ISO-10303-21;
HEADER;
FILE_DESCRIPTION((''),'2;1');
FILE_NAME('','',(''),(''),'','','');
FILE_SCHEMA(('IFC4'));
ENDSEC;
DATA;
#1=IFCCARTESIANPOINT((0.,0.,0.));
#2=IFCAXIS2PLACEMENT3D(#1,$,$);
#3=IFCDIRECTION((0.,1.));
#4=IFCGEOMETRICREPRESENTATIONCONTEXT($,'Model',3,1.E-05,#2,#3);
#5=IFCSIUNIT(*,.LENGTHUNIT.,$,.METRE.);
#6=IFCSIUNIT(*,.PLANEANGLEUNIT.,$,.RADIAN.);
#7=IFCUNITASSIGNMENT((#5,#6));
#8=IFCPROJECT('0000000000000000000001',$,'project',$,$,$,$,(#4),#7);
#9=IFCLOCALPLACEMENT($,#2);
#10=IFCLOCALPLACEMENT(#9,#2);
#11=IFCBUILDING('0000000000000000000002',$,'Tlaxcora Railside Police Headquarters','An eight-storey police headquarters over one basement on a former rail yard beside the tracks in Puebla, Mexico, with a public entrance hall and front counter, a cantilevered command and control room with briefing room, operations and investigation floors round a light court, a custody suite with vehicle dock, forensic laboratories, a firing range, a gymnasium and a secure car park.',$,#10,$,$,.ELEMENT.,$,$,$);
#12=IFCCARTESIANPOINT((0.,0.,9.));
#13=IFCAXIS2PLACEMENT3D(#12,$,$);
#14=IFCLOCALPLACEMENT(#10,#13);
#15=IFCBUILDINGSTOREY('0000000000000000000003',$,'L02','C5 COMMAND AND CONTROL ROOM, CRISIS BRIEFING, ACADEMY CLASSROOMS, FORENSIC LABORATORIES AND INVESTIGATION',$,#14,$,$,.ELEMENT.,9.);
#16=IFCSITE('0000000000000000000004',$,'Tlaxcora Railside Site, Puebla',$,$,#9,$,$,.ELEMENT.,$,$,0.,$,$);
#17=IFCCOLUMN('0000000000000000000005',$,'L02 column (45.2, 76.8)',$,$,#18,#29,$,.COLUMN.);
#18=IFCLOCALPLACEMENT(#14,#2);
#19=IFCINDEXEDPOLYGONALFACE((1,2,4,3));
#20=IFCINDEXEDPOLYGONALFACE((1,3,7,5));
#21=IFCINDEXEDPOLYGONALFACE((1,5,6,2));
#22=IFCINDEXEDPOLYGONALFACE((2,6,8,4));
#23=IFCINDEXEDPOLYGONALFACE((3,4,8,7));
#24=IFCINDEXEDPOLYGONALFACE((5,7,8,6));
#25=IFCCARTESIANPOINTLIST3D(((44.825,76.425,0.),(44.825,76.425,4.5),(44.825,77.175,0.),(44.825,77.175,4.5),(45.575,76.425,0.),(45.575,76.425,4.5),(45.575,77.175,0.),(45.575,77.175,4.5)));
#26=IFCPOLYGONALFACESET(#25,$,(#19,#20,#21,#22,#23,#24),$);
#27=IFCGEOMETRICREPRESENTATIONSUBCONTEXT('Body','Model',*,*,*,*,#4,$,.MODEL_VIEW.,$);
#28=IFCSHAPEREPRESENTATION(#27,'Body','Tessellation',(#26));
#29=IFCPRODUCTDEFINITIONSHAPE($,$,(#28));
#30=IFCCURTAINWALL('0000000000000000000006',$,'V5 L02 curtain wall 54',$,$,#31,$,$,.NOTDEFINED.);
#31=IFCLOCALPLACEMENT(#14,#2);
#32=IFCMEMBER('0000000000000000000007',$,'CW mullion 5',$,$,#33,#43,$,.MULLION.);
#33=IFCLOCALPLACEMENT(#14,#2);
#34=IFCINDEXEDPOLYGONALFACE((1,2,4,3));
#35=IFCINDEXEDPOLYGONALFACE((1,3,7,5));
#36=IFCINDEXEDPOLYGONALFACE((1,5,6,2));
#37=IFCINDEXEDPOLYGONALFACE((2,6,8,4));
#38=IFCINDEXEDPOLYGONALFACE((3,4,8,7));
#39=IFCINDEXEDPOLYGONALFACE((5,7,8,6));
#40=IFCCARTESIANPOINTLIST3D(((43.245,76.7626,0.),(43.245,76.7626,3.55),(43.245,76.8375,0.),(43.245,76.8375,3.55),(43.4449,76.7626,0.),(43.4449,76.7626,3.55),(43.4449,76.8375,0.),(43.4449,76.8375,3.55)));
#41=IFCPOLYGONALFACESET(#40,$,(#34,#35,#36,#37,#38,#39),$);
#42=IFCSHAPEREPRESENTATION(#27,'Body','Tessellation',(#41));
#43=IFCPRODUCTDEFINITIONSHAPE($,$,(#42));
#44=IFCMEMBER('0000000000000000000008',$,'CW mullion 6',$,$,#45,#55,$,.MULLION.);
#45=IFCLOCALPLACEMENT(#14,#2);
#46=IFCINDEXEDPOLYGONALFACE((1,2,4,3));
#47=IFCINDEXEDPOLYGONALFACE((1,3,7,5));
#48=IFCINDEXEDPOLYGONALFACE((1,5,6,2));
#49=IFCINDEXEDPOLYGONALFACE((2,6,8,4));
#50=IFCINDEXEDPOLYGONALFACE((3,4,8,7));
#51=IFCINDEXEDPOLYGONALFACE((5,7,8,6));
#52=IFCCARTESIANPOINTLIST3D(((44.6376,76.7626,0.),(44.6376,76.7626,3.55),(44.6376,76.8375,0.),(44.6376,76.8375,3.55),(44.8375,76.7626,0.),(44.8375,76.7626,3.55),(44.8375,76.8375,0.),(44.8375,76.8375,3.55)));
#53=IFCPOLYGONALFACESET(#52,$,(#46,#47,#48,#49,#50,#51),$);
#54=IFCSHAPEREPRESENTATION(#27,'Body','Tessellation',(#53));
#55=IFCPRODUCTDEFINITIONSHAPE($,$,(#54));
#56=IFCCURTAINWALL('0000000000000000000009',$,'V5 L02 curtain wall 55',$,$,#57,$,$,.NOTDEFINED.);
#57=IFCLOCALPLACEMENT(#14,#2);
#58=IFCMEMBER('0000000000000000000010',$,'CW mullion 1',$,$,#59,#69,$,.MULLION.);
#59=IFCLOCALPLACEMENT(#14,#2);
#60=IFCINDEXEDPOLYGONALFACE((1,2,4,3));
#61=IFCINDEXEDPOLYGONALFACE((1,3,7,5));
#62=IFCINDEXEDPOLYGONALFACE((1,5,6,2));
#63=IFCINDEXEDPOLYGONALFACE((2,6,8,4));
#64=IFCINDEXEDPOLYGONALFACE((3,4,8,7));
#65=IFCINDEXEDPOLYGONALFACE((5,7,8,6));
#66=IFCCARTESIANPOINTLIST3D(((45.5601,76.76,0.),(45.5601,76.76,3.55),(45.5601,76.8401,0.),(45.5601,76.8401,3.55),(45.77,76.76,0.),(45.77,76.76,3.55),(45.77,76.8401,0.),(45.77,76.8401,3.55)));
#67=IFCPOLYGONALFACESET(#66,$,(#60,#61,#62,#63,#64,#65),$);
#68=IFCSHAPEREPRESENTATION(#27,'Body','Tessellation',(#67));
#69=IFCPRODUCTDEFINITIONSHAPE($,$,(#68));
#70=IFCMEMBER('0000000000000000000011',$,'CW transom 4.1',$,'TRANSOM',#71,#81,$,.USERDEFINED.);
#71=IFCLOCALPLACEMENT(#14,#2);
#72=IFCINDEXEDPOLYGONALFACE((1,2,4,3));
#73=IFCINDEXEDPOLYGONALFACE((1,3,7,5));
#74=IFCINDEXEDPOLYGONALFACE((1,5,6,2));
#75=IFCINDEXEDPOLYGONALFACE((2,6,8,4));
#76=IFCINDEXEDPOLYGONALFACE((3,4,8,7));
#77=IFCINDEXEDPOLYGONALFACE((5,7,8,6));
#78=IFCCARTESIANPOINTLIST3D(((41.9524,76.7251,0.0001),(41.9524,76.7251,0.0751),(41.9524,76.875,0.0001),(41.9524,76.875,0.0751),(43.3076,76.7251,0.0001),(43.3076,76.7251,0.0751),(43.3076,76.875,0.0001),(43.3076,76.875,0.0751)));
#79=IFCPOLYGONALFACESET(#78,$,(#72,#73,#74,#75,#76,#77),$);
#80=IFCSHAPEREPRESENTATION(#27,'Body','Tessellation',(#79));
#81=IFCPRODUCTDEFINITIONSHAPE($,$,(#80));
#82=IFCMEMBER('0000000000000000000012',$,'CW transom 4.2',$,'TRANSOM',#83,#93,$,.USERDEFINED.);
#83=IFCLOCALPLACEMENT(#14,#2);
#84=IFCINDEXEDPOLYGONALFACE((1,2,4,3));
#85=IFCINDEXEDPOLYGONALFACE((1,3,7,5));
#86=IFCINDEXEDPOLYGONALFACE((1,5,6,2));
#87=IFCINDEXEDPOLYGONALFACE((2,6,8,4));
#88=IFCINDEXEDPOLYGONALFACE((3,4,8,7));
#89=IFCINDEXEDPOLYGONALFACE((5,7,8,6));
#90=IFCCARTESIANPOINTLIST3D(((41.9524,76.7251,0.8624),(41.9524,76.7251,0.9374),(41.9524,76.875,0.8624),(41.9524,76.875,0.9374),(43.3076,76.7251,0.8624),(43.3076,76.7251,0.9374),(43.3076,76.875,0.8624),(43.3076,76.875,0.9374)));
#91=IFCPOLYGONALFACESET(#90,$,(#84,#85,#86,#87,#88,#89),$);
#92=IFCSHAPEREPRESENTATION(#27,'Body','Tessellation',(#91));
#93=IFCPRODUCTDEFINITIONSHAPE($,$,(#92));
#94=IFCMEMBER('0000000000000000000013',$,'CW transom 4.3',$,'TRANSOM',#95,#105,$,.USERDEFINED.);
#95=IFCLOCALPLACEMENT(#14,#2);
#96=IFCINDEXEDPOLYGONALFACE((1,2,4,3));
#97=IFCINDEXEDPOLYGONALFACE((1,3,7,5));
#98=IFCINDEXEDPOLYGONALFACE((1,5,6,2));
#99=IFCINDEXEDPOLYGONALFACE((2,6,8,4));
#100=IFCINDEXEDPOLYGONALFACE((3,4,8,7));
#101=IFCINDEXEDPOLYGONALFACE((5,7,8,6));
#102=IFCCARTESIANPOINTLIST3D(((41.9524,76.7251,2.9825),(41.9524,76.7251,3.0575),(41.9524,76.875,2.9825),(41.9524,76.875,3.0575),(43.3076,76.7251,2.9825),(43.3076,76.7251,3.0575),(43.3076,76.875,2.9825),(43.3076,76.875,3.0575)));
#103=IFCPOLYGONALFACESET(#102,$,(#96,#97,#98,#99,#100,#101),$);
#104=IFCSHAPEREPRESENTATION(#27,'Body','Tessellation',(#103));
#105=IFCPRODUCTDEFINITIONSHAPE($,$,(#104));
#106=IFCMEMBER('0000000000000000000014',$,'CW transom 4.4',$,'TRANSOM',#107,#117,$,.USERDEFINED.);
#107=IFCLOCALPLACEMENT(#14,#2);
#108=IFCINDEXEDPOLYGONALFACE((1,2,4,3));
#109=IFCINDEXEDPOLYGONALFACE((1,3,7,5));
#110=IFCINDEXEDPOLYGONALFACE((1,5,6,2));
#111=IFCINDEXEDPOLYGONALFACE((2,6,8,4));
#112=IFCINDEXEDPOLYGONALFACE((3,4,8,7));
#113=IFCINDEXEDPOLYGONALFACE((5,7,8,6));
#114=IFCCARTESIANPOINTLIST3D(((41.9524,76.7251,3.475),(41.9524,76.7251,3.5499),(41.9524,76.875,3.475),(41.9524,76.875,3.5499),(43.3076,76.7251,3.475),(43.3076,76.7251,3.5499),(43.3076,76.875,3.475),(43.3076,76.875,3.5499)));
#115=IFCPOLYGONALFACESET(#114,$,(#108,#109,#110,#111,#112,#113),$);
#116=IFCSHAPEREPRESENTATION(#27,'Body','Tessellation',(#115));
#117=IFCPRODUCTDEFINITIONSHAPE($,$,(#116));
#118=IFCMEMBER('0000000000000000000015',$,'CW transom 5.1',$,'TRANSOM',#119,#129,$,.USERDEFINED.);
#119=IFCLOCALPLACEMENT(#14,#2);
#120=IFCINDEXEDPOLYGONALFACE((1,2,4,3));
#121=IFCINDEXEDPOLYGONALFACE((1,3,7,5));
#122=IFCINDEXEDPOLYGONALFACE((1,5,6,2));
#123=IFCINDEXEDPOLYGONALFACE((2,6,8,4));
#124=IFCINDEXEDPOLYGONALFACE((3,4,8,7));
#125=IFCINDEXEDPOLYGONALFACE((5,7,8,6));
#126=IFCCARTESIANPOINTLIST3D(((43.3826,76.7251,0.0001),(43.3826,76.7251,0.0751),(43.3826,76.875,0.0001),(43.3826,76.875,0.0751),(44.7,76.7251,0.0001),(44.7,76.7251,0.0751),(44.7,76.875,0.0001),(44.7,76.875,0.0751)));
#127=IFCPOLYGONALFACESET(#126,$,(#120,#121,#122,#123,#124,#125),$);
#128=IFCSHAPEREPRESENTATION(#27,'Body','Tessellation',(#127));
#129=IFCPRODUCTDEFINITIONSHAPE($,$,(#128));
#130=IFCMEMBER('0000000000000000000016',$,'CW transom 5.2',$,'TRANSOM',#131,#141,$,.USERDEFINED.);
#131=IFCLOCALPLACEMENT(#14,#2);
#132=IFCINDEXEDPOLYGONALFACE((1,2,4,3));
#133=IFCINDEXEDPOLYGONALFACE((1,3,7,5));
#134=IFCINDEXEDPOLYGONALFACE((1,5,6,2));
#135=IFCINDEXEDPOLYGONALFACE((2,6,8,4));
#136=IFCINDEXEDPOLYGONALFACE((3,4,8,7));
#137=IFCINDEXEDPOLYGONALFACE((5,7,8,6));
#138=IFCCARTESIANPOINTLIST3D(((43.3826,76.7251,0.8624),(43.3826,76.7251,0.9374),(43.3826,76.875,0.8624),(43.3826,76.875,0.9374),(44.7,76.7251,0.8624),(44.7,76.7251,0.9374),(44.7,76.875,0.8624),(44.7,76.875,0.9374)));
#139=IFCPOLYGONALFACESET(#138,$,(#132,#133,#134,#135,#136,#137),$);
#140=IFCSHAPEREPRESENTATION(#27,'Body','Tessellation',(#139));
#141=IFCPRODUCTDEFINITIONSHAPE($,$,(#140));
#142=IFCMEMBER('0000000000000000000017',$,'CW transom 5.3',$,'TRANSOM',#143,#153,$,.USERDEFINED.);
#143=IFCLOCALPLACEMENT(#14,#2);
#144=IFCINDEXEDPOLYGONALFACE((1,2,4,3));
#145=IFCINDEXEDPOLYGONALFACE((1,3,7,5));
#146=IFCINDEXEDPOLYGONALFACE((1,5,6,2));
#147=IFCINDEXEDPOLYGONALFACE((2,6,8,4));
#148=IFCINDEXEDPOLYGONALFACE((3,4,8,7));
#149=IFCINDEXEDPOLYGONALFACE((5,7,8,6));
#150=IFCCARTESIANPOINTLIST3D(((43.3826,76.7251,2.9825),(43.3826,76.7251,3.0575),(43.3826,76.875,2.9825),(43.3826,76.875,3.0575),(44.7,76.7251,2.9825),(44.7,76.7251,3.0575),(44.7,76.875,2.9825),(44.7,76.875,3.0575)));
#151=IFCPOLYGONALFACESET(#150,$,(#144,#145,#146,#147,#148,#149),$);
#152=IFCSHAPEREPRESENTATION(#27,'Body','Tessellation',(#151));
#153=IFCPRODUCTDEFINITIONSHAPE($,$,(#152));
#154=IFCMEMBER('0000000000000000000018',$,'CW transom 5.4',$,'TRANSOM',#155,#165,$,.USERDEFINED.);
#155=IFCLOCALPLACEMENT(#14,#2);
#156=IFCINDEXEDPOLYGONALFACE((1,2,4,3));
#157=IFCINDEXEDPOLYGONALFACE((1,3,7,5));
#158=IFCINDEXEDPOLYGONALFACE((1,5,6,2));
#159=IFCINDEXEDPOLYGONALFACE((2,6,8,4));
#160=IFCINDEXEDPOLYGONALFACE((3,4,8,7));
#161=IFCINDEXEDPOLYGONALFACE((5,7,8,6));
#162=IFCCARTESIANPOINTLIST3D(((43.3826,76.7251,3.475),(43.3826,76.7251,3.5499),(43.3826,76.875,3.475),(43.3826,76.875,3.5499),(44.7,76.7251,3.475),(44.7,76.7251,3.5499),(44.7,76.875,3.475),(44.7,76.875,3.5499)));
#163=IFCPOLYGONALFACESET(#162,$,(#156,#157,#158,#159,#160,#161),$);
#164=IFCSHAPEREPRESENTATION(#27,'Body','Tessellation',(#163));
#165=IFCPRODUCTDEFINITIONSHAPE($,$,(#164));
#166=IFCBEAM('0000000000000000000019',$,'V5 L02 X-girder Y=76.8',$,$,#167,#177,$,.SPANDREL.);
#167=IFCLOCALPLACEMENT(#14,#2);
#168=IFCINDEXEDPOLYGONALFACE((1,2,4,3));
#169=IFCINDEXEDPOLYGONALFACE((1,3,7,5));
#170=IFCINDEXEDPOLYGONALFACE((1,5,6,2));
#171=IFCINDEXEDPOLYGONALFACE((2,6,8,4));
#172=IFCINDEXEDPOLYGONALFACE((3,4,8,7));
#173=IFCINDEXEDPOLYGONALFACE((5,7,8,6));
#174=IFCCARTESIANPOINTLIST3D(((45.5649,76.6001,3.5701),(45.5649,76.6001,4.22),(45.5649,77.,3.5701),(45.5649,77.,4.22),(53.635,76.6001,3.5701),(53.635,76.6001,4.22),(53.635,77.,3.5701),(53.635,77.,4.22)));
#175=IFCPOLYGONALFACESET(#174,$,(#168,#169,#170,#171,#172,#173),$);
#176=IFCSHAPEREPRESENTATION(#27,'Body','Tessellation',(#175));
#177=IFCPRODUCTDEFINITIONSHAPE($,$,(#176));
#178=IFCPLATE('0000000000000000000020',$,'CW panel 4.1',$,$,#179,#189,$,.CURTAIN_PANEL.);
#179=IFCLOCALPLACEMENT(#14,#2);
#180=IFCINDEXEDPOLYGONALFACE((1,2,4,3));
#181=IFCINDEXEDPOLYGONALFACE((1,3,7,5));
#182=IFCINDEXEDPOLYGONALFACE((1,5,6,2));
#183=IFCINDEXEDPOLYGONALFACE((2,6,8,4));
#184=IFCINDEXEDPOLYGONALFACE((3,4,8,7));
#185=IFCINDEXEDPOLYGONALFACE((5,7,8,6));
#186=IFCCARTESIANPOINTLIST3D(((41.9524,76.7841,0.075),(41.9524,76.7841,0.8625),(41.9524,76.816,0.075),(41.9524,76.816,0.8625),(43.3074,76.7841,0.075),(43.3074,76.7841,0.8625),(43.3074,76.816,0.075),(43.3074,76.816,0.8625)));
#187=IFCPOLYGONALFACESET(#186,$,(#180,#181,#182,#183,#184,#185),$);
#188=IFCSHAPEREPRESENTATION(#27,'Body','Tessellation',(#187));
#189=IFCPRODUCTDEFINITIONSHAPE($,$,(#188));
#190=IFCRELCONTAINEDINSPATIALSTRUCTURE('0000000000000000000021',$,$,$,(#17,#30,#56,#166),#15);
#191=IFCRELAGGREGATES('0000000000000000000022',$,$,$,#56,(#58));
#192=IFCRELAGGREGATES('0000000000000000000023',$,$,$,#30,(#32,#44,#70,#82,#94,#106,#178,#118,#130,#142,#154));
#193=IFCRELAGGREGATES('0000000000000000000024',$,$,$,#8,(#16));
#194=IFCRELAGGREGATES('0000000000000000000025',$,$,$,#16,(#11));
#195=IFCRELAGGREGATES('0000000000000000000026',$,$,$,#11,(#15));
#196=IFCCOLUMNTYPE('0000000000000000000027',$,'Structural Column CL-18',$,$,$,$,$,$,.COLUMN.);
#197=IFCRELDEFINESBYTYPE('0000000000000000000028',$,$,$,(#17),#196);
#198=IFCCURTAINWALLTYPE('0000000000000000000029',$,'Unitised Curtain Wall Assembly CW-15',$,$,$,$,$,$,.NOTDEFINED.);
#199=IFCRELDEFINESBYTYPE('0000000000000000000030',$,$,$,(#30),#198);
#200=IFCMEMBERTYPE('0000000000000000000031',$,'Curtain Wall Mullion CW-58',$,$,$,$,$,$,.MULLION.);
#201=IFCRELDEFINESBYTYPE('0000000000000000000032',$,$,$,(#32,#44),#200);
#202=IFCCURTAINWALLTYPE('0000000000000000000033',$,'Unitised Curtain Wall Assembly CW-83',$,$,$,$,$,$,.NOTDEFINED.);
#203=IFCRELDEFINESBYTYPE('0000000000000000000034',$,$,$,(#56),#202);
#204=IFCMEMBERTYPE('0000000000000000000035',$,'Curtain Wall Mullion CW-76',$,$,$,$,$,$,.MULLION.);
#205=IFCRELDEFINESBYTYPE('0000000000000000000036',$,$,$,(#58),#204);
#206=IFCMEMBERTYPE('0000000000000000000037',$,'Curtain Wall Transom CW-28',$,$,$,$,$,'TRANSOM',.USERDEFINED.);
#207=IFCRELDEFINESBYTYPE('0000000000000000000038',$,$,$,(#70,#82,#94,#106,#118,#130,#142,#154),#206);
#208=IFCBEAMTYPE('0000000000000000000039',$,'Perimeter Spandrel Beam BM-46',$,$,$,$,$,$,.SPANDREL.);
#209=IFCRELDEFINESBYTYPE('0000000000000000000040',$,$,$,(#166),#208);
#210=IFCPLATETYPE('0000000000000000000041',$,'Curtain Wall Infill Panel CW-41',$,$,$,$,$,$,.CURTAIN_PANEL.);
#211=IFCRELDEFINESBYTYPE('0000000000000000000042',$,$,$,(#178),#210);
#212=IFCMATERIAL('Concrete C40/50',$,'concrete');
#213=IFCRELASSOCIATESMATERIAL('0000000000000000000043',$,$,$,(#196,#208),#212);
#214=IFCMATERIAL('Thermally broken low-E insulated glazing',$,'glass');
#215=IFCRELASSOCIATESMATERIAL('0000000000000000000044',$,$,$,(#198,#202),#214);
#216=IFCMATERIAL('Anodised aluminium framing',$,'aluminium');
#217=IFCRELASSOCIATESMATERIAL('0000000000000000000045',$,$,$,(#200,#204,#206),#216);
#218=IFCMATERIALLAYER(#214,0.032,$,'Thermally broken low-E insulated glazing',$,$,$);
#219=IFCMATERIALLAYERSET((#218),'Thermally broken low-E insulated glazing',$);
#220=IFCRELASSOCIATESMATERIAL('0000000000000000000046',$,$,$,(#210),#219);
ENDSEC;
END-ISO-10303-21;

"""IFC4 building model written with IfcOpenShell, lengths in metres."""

from ifc_helpers import new_model, si_unit, direction, frame, origin, origin_2d, place, context, subcontext, project, spatial, rectangle, extrude, material, layer, layer_set, material_profile, profile_set, type_object, element, aggregate, save


model = new_model("IFC4")

# Units and contexts
model_context = context("Model", 3, precision=1e-05, world=origin(), true_north=direction((0.0, 1.0)))
body_context = subcontext(model_context, "Body", "Model", "MODEL_VIEW")
ifc_project = project(units=[si_unit("LENGTHUNIT", "METRE"), si_unit("PLANEANGLEUNIT", "RADIAN")], contexts=[model_context])

# Site, building, storey
site_placement = place(None, origin())
site = spatial("IfcSite", under=ifc_project, at=site_placement, Name="Tlaxcora Railside Site, Puebla", CompositionType="ELEMENT", RefElevation=0.0)
building_placement = place(site_placement, origin())
building = spatial("IfcBuilding", under=site, at=building_placement, Name="Tlaxcora Railside Police Headquarters", Description="An eight-storey police headquarters over one basement on a former rail yard beside the tracks in Puebla, Mexico, with a public entrance hall and front counter, a cantilevered command and control room with briefing room, operations and investigation floors round a light court, a custody suite with vehicle dock, forensic laboratories, a firing range, a gymnasium and a secure car park.", CompositionType="ELEMENT")
storey_placement = place(building_placement, frame((0.0, 0.0, 9.0)))
storey = spatial("IfcBuildingStorey", under=building, at=storey_placement, Name="L02", Description="C5 COMMAND AND CONTROL ROOM, CRISIS BRIEFING, ACADEMY CLASSROOMS, FORENSIC LABORATORIES AND INVESTIGATION", CompositionType="ELEMENT", Elevation=9.0)

# Column
ifc_material_1 = material(Name="Concrete C40/50", Category="concrete")
ifc_material_profile_1 = material_profile(ifc_material_1, rectangle(XDim=0.75, YDim=0.75, at=origin_2d()), Name="RC750X750")
ifc_profile_set_1 = profile_set([ifc_material_profile_1], Name="Concrete C40/50")
column_type = type_object("IfcColumnType", Name="Structural Column CL-18", PredefinedType="COLUMN", material=ifc_profile_set_1)
column_placement = place(storey_placement, frame((45.2, 76.8, 0.0), z_axis=(0.0, 0.0, 1.0), x_axis=(1.0, 0.0, 0.0)))
element("IfcColumn", 1, at=column_placement, inside=storey, type_object=column_type, Name="L02 column (45.2, 76.8)", PredefinedType="COLUMN", context=body_context, shape_type="SweptSolid", body=[
    extrude(rectangle(XDim=0.75, YDim=0.75, at=origin_2d()), origin(), (0.0, 0.0, 1.0), 4.5),
])

# Curtain wall, members
ifc_material_2 = material(Name="Thermally broken low-E insulated glazing", Category="glass")
curtain_wall_type_1 = type_object("IfcCurtainWallType", Name="Unitised Curtain Wall Assembly CW-15", PredefinedType="NOTDEFINED", material=ifc_material_2)
curtain_wall_1_placement = place(storey_placement, origin())
curtain_wall_1 = element("IfcCurtainWall", 2, at=curtain_wall_1_placement, inside=storey, type_object=curtain_wall_type_1, Name="V5 L02 curtain wall 54", PredefinedType="NOTDEFINED")
ifc_material_3 = material(Name="Anodised aluminium framing", Category="aluminium")
ifc_material_profile_2 = material_profile(ifc_material_3, rectangle(XDim=0.075, YDim=0.2, at=origin_2d()), Name="AL75X200")
ifc_profile_set_2 = profile_set([ifc_material_profile_2], Name="Anodised aluminium framing")
member_type_1 = type_object("IfcMemberType", Name="Curtain Wall Mullion CW-58", PredefinedType="MULLION", material=ifc_profile_set_2)
member_1_placement = place(storey_placement, frame((43.345, 76.8, 0.0), z_axis=(0.0, 0.0, 1.0), x_axis=(0.0, 1.0, 0.0)))
member_1 = element("IfcMember", 3, at=member_1_placement, type_object=member_type_1, Name="CW mullion 5", PredefinedType="MULLION", context=body_context, shape_type="SweptSolid", body=[
    extrude(rectangle(XDim=0.075, YDim=0.2, at=origin_2d()), origin(), (0.0, 0.0, 1.0), 3.55),
])
member_2_placement = place(storey_placement, frame((44.7375, 76.8, 0.0), z_axis=(0.0, 0.0, 1.0), x_axis=(0.0, 1.0, 0.0)))
member_2 = element("IfcMember", 4, at=member_2_placement, type_object=member_type_1, Name="CW mullion 6", PredefinedType="MULLION", context=body_context, shape_type="SweptSolid", body=[
    extrude(rectangle(XDim=0.075, YDim=0.2, at=origin_2d()), origin(), (0.0, 0.0, 1.0), 3.55),
])

# Curtain wall, member
curtain_wall_type_2 = type_object("IfcCurtainWallType", Name="Unitised Curtain Wall Assembly CW-83", PredefinedType="NOTDEFINED", material=ifc_material_2)
curtain_wall_2_placement = place(storey_placement, origin())
curtain_wall_2 = element("IfcCurtainWall", 5, at=curtain_wall_2_placement, inside=storey, type_object=curtain_wall_type_2, Name="V5 L02 curtain wall 55", PredefinedType="NOTDEFINED")
ifc_material_profile_3 = material_profile(ifc_material_3, rectangle(XDim=0.0801, YDim=0.21, at=origin_2d()), Name="AL80X210")
ifc_profile_set_3 = profile_set([ifc_material_profile_3], Name="Anodised aluminium framing")
member_type_2 = type_object("IfcMemberType", Name="Curtain Wall Mullion CW-76", PredefinedType="MULLION", material=ifc_profile_set_3)
member_3_placement = place(storey_placement, frame((45.665, 76.8, 0.0), z_axis=(0.0, 0.0, 1.0), x_axis=(0.0, 1.0, 0.0)))
member_3 = element("IfcMember", 6, at=member_3_placement, type_object=member_type_2, Name="CW mullion 1", PredefinedType="MULLION", context=body_context, shape_type="SweptSolid", body=[
    extrude(rectangle(XDim=0.0801, YDim=0.21, at=origin_2d()), origin(), (0.0, 0.0, 1.0), 3.55),
])
aggregate(curtain_wall_2, [member_3])

# Members
ifc_material_profile_4 = material_profile(ifc_material_3, rectangle(XDim=0.1499, YDim=0.075, at=origin_2d()), Name="AL75X150")
ifc_profile_set_4 = profile_set([ifc_material_profile_4], Name="Anodised aluminium framing")
member_type_3 = type_object("IfcMemberType", Name="Curtain Wall Transom CW-28", ElementType="TRANSOM", PredefinedType="USERDEFINED", material=ifc_profile_set_4)
member_4_placement = place(storey_placement, frame((41.9524, 76.8, 0.0376), z_axis=(1.0, 0.0, 0.0), x_axis=(0.0, 1.0, 0.0)))
member_4 = element("IfcMember", 7, at=member_4_placement, type_object=member_type_3, Name="CW transom 4.1", ObjectType="TRANSOM", PredefinedType="USERDEFINED", context=body_context, shape_type="SweptSolid", body=[
    extrude(rectangle(XDim=0.1499, YDim=0.075, at=origin_2d()), origin(), (0.0, 0.0, 1.0), 1.3552),
])
member_5_placement = place(storey_placement, frame((41.9524, 76.8, 0.8999), z_axis=(1.0, 0.0, 0.0), x_axis=(0.0, 1.0, 0.0)))
member_5 = element("IfcMember", 8, at=member_5_placement, type_object=member_type_3, Name="CW transom 4.2", ObjectType="TRANSOM", PredefinedType="USERDEFINED", context=body_context, shape_type="SweptSolid", body=[
    extrude(rectangle(XDim=0.1499, YDim=0.075, at=origin_2d()), origin(), (0.0, 0.0, 1.0), 1.3552),
])
member_6_placement = place(storey_placement, frame((41.9524, 76.8, 3.02), z_axis=(1.0, 0.0, 0.0), x_axis=(0.0, 1.0, 0.0)))
member_6 = element("IfcMember", 9, at=member_6_placement, type_object=member_type_3, Name="CW transom 4.3", ObjectType="TRANSOM", PredefinedType="USERDEFINED", context=body_context, shape_type="SweptSolid", body=[
    extrude(rectangle(XDim=0.1499, YDim=0.075, at=origin_2d()), origin(), (0.0, 0.0, 1.0), 1.3552),
])
member_7_placement = place(storey_placement, frame((41.9524, 76.8, 3.5125), z_axis=(1.0, 0.0, 0.0), x_axis=(0.0, 1.0, 0.0)))
member_7 = element("IfcMember", 10, at=member_7_placement, type_object=member_type_3, Name="CW transom 4.4", ObjectType="TRANSOM", PredefinedType="USERDEFINED", context=body_context, shape_type="SweptSolid", body=[
    extrude(rectangle(XDim=0.1499, YDim=0.075, at=origin_2d()), origin(), (0.0, 0.0, 1.0), 1.3552),
])
member_8_placement = place(storey_placement, frame((43.3826, 76.8, 0.0376), z_axis=(1.0, 0.0, 0.0), x_axis=(0.0, 1.0, 0.0)))
member_8 = element("IfcMember", 11, at=member_8_placement, type_object=member_type_3, Name="CW transom 5.1", ObjectType="TRANSOM", PredefinedType="USERDEFINED", context=body_context, shape_type="SweptSolid", body=[
    extrude(rectangle(XDim=0.1499, YDim=0.075, at=origin_2d()), origin(), (0.0, 0.0, 1.0), 1.3174),
])
member_9_placement = place(storey_placement, frame((43.3826, 76.8, 0.8999), z_axis=(1.0, 0.0, 0.0), x_axis=(0.0, 1.0, 0.0)))
member_9 = element("IfcMember", 12, at=member_9_placement, type_object=member_type_3, Name="CW transom 5.2", ObjectType="TRANSOM", PredefinedType="USERDEFINED", context=body_context, shape_type="SweptSolid", body=[
    extrude(rectangle(XDim=0.1499, YDim=0.075, at=origin_2d()), origin(), (0.0, 0.0, 1.0), 1.3174),
])
member_10_placement = place(storey_placement, frame((43.3826, 76.8, 3.02), z_axis=(1.0, 0.0, 0.0), x_axis=(0.0, 1.0, 0.0)))
member_10 = element("IfcMember", 13, at=member_10_placement, type_object=member_type_3, Name="CW transom 5.3", ObjectType="TRANSOM", PredefinedType="USERDEFINED", context=body_context, shape_type="SweptSolid", body=[
    extrude(rectangle(XDim=0.1499, YDim=0.075, at=origin_2d()), origin(), (0.0, 0.0, 1.0), 1.3174),
])
member_11_placement = place(storey_placement, frame((43.3826, 76.8, 3.5125), z_axis=(1.0, 0.0, 0.0), x_axis=(0.0, 1.0, 0.0)))
member_11 = element("IfcMember", 14, at=member_11_placement, type_object=member_type_3, Name="CW transom 5.4", ObjectType="TRANSOM", PredefinedType="USERDEFINED", context=body_context, shape_type="SweptSolid", body=[
    extrude(rectangle(XDim=0.1499, YDim=0.075, at=origin_2d()), origin(), (0.0, 0.0, 1.0), 1.3174),
])

# Beam
ifc_material_profile_5 = material_profile(ifc_material_1, rectangle(XDim=0.3999, YDim=0.6499, at=origin_2d()), Name="RC400X650")
ifc_profile_set_5 = profile_set([ifc_material_profile_5], Name="Concrete C40/50")
beam_type = type_object("IfcBeamType", Name="Perimeter Spandrel Beam BM-46", PredefinedType="SPANDREL", material=ifc_profile_set_5)
beam_placement = place(storey_placement, frame((45.5649, 76.8, 3.895), z_axis=(1.0, 0.0, 0.0), x_axis=(0.0, 1.0, 0.0)))
element("IfcBeam", 15, at=beam_placement, inside=storey, type_object=beam_type, Name="V5 L02 X-girder Y=76.8", PredefinedType="SPANDREL", context=body_context, shape_type="SweptSolid", body=[
    extrude(rectangle(XDim=0.3999, YDim=0.6499, at=origin_2d()), origin(), (0.0, 0.0, 1.0), 8.0701),
])

# Plate
ifc_layer_1 = layer(ifc_material_2, 0.032, Name="Thermally broken low-E insulated glazing")
ifc_layer_set_1 = layer_set([ifc_layer_1], Name="Thermally broken low-E insulated glazing")
plate_type = type_object("IfcPlateType", Name="Curtain Wall Infill Panel CW-41", PredefinedType="CURTAIN_PANEL", material=ifc_layer_set_1)
plate_1_placement = place(storey_placement, frame((42.6299, 76.8, 0.075), z_axis=(0.0, 0.0, 1.0), x_axis=(1.0, 0.0, 0.0)))
plate_1 = element("IfcPlate", 16, at=plate_1_placement, type_object=plate_type, Name="CW panel 4.1", PredefinedType="CURTAIN_PANEL", context=body_context, shape_type="SweptSolid", body=[
    extrude(rectangle(XDim=1.355, YDim=0.032, at=origin_2d()), origin(), (0.0, 0.0, 1.0), 0.7876),
])
aggregate(curtain_wall_1, [member_1, member_2, member_4, member_5, member_6, member_7, plate_1, member_8, member_9, member_10, member_11])

save(model, "model.ifc")
